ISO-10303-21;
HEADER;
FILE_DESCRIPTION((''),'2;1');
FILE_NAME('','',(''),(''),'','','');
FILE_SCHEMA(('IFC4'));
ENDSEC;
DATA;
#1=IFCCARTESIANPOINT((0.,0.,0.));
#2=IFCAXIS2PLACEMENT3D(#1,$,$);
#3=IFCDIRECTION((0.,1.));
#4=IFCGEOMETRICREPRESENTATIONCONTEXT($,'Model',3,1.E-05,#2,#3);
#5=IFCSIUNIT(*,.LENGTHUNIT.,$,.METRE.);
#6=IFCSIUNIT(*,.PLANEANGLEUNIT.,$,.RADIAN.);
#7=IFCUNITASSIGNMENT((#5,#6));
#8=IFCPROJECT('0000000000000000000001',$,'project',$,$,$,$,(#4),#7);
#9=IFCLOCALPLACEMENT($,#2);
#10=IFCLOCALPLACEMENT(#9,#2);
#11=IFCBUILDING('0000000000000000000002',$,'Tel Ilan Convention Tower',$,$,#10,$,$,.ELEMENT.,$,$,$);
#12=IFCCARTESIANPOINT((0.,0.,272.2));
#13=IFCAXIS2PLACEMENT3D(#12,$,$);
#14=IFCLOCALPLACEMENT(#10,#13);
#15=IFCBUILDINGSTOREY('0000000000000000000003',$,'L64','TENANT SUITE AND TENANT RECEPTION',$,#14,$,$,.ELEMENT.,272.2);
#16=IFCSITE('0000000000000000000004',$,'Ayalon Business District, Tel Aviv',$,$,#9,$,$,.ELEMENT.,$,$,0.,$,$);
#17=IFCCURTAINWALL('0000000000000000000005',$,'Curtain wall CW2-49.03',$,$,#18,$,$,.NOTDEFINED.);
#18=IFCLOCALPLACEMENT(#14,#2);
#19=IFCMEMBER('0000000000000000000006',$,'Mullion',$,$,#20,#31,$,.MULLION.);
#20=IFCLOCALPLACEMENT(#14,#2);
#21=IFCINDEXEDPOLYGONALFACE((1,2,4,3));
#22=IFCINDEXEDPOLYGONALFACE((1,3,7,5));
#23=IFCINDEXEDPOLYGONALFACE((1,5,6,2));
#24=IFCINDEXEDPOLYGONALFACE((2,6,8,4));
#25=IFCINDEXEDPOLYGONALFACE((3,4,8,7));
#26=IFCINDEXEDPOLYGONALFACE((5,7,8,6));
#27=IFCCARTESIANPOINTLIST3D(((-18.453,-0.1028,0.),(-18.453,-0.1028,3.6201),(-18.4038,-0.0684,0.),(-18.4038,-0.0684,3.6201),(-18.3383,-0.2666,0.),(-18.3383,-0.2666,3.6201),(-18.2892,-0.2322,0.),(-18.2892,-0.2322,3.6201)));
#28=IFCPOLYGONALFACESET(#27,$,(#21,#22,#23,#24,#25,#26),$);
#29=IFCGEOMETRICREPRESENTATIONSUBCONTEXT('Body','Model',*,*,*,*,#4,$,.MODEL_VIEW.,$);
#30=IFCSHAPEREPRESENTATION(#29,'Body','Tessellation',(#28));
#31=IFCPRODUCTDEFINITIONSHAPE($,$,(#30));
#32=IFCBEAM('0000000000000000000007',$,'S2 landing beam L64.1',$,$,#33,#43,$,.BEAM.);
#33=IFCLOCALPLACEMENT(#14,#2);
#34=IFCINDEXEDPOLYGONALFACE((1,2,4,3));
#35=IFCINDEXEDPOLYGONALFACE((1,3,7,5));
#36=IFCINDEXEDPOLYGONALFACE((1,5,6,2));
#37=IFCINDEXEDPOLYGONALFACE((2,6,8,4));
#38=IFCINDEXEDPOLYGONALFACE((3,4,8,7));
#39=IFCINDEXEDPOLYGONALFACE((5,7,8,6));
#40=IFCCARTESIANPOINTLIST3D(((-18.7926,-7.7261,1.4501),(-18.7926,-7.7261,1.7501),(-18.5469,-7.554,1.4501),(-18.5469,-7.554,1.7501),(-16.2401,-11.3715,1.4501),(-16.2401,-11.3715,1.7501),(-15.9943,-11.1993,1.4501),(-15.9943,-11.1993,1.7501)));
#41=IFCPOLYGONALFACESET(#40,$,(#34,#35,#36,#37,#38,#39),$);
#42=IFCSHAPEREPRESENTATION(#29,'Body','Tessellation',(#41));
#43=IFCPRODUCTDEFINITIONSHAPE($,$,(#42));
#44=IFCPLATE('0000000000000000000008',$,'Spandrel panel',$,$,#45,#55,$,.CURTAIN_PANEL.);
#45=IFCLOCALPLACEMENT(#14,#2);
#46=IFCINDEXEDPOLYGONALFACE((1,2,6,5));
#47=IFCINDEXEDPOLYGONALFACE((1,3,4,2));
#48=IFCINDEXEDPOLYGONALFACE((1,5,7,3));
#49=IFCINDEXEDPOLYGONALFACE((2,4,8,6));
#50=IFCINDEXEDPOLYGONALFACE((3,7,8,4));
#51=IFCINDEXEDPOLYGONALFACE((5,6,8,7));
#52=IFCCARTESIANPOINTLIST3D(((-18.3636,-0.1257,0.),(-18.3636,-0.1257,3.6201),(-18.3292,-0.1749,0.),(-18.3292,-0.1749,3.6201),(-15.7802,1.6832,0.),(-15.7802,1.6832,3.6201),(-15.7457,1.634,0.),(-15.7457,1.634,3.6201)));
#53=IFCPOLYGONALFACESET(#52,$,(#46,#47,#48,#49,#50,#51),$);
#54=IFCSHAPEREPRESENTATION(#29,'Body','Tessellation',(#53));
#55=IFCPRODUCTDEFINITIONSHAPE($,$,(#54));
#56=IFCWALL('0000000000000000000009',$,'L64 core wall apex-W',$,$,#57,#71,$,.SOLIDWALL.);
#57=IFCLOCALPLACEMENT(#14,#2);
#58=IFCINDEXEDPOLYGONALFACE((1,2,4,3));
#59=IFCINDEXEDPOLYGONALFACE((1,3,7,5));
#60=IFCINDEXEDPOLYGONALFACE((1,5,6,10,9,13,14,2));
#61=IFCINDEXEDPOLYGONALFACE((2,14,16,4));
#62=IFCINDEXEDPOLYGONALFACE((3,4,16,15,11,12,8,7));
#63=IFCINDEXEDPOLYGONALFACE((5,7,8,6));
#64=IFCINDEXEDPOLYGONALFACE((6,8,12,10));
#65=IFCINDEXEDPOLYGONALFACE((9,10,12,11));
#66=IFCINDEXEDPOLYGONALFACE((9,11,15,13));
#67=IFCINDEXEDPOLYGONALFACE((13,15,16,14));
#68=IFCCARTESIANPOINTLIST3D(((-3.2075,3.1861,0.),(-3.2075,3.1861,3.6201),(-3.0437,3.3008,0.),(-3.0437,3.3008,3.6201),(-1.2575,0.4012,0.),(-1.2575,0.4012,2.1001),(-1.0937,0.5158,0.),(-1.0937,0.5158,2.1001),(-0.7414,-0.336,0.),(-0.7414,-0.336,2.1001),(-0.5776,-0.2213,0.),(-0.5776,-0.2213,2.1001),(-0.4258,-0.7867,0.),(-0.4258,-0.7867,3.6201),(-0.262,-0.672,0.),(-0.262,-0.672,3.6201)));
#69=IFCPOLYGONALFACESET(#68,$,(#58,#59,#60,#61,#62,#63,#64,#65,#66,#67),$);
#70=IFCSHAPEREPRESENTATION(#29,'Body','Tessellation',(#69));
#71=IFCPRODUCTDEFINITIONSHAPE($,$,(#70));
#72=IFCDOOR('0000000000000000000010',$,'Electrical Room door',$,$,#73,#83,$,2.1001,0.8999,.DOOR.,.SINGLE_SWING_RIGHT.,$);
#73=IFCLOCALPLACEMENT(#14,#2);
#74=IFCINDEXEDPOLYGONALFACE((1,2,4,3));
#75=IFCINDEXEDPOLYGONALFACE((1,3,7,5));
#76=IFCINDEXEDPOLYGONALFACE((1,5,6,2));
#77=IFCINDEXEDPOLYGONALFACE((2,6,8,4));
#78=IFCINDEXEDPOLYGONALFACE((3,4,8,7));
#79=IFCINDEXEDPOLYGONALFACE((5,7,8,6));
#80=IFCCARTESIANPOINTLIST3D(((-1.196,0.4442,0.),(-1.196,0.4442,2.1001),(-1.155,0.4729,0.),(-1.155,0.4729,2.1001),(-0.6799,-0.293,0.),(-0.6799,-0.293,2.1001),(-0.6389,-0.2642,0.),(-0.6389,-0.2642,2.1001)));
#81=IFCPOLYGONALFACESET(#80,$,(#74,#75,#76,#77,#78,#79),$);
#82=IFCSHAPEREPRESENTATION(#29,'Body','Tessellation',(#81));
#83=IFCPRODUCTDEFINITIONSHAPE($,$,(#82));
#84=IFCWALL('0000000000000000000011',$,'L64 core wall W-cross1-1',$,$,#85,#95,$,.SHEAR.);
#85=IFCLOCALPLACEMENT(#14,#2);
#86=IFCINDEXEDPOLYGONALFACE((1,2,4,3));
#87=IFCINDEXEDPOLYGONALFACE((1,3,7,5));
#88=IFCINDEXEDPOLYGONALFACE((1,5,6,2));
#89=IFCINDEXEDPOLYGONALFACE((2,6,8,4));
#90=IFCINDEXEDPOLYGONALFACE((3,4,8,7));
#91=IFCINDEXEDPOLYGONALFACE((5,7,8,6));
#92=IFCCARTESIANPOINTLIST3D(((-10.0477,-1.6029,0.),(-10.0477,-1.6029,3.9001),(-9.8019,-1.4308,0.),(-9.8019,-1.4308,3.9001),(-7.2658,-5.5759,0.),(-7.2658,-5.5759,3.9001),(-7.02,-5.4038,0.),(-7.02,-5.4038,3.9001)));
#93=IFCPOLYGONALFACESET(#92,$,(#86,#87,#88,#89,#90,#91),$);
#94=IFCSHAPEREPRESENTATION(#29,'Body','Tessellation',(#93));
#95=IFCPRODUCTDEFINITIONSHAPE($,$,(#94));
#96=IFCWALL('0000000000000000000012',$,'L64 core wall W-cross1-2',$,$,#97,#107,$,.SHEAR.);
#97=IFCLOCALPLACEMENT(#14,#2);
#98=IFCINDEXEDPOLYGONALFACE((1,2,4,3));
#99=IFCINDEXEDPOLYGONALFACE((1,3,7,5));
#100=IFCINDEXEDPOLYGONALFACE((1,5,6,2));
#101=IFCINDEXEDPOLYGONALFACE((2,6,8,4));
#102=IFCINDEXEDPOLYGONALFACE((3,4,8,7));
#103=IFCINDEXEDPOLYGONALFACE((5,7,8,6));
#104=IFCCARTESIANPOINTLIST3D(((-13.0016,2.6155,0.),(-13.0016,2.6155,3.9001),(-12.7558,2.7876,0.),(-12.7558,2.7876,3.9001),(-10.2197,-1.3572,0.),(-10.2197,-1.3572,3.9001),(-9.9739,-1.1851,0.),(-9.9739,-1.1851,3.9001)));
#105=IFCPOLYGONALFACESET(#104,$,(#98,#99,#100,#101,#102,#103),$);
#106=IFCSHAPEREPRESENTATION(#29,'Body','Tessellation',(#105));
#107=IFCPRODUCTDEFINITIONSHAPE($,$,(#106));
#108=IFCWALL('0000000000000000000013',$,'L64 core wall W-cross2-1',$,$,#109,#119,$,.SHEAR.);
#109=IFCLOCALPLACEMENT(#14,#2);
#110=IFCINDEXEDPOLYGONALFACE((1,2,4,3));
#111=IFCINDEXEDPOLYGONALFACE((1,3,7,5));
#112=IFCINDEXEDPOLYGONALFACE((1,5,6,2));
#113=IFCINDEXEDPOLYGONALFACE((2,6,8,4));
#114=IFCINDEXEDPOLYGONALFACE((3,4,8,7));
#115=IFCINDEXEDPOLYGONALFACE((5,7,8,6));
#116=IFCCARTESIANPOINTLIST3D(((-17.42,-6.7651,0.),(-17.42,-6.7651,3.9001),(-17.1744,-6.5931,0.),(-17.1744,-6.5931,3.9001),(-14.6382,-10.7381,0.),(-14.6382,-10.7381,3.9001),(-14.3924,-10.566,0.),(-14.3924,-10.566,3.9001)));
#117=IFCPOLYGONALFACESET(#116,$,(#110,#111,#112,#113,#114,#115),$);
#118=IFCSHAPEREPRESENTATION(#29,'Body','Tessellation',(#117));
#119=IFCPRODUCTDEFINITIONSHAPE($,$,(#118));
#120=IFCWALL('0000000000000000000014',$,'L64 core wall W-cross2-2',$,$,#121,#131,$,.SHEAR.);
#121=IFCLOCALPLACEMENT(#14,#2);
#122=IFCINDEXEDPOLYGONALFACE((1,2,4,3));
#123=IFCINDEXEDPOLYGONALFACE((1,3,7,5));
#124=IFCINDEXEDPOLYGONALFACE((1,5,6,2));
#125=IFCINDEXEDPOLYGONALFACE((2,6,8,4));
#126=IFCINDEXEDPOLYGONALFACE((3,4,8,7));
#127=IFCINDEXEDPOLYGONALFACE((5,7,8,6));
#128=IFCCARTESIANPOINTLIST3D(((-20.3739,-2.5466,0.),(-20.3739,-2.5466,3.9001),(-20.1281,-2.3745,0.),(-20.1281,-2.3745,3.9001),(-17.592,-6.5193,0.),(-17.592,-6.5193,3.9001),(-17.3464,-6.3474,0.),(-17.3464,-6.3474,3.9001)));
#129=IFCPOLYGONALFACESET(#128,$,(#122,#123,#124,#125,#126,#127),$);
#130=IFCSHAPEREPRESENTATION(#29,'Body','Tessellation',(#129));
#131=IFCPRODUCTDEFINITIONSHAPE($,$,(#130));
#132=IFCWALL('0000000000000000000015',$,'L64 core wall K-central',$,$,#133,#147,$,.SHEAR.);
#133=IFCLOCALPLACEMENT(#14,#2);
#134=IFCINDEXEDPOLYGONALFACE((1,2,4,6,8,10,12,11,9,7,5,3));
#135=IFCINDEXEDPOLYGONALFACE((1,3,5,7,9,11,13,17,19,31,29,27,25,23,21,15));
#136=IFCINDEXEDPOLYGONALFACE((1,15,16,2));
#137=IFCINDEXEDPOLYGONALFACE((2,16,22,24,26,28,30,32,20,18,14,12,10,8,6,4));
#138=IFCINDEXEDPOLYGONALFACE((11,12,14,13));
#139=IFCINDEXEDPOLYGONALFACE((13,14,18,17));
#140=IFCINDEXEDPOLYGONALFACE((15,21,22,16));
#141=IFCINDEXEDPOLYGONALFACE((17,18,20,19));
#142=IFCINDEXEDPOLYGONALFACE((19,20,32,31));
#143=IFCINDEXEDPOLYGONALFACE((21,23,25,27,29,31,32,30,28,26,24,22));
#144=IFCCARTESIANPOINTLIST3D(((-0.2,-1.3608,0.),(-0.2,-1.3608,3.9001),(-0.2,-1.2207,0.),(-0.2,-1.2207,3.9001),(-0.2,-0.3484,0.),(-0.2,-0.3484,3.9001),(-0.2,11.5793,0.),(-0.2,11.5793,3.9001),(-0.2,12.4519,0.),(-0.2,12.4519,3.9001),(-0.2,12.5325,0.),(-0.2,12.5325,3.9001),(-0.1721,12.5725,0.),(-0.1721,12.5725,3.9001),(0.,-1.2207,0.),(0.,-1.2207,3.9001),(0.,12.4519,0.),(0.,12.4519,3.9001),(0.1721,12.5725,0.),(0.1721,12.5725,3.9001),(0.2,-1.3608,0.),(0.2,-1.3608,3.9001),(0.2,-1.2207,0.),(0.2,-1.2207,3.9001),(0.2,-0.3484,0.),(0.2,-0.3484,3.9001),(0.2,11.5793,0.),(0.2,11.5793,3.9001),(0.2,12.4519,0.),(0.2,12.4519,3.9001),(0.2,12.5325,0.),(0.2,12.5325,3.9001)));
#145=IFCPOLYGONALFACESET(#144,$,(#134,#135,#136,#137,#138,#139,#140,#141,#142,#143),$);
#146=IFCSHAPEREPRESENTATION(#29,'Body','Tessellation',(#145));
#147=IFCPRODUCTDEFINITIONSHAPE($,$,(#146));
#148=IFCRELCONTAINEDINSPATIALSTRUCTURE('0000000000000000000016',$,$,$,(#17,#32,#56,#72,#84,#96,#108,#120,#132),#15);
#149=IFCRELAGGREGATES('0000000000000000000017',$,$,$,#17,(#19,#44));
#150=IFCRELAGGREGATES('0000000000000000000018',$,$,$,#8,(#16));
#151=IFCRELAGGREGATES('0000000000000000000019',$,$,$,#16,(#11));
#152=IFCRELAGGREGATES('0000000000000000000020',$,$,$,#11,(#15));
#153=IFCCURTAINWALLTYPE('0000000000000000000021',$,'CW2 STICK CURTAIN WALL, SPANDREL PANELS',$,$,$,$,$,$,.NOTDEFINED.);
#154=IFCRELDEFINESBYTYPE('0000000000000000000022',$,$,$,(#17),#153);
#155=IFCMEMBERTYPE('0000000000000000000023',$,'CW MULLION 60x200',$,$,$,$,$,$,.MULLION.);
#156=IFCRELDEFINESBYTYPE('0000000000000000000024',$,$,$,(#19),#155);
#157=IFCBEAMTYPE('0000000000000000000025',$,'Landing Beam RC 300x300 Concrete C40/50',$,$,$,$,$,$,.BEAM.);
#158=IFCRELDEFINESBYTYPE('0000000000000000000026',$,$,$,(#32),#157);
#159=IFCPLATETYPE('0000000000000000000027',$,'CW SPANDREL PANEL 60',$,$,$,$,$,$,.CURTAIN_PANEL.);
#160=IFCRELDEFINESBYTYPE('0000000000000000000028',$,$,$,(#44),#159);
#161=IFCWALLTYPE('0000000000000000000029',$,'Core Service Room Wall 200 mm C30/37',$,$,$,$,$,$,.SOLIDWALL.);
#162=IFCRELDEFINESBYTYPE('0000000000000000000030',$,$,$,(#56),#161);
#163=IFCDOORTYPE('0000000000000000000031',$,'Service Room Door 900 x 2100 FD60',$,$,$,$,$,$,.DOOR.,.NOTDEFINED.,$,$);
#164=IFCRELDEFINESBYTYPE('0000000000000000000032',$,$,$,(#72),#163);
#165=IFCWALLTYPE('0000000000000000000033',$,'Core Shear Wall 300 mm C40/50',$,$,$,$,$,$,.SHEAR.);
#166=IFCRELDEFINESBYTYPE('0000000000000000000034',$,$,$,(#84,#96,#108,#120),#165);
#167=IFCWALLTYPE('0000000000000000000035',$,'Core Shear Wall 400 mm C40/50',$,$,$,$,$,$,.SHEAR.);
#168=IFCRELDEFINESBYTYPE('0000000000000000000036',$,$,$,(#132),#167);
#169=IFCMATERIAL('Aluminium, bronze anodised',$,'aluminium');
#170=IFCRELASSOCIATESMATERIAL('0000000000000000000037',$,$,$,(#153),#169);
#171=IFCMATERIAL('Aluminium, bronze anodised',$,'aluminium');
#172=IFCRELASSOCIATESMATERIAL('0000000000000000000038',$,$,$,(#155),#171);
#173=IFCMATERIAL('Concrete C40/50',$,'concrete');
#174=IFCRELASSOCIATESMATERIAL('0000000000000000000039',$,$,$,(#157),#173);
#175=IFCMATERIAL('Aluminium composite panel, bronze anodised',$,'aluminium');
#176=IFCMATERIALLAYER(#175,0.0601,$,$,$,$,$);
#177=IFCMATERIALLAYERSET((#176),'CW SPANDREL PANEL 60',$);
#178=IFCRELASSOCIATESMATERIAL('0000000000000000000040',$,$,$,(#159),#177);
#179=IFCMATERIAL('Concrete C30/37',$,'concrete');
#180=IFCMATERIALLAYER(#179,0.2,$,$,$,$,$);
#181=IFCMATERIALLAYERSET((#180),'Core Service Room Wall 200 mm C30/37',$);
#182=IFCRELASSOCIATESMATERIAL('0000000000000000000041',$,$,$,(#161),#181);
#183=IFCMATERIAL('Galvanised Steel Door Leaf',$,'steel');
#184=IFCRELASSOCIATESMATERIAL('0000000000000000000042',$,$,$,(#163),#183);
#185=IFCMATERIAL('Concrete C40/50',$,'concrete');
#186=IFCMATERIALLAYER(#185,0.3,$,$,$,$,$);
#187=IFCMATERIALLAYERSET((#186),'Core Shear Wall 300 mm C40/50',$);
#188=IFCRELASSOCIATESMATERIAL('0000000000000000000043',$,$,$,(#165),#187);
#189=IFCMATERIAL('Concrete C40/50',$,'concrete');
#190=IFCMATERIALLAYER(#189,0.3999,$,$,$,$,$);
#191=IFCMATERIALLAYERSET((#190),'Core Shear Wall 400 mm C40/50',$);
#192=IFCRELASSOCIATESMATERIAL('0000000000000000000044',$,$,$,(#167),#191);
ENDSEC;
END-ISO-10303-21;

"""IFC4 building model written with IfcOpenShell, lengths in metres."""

from ifc_helpers import new_model, si_unit, direction, frame, frame_2d, origin, origin_2d, place, context, subcontext, project, spatial, polyline, rectangle, outline, extrude, material, layer, layer_set, material_profile, profile_set, type_object, element, fill, aggregate, save


model = new_model("IFC4")

# Units and contexts
model_context = context("Model", 3, precision=1e-05, world=origin(), true_north=direction((0.0, 1.0)))
body_context = subcontext(model_context, "Body", "Model", "MODEL_VIEW")
ifc_project = project(units=[si_unit("LENGTHUNIT", "METRE"), si_unit("PLANEANGLEUNIT", "RADIAN")], contexts=[model_context])

# Site, building, storey
site_placement = place(None, origin())
site = spatial("IfcSite", under=ifc_project, at=site_placement, Name="Ayalon Business District, Tel Aviv", CompositionType="ELEMENT", RefElevation=0.0)
building_placement = place(site_placement, origin())
building = spatial("IfcBuilding", under=site, at=building_placement, Name="Tel Ilan Convention Tower", CompositionType="ELEMENT")
storey_placement = place(building_placement, frame((0.0, 0.0, 272.2)))
storey = spatial("IfcBuildingStorey", under=building, at=storey_placement, Name="L64", Description="TENANT SUITE AND TENANT RECEPTION", CompositionType="ELEMENT", Elevation=272.2)

# Curtain wall, member
ifc_material_1 = material(Name="Aluminium, bronze anodised", Category="aluminium")
curtain_wall_type = type_object("IfcCurtainWallType", Name="CW2 STICK CURTAIN WALL, SPANDREL PANELS", PredefinedType="NOTDEFINED", material=ifc_material_1)
curtain_wall_placement = place(storey_placement, origin())
curtain_wall = element("IfcCurtainWall", 1, at=curtain_wall_placement, inside=storey, type_object=curtain_wall_type, Name="Curtain wall CW2-49.03", PredefinedType="NOTDEFINED")
ifc_material_2 = material(Name="Aluminium, bronze anodised", Category="aluminium")
ifc_material_profile_1 = material_profile(ifc_material_2, rectangle(XDim=0.0601, YDim=0.2, at=origin_2d()), Name="CW MULLION 60x200")
ifc_profile_set_1 = profile_set([ifc_material_profile_1], Name="Aluminium, bronze anodised")
member_type = type_object("IfcMemberType", Name="CW MULLION 60x200", PredefinedType="MULLION", material=ifc_profile_set_1)
member_placement = place(storey_placement, frame((-18.3711, -0.1675, 0.0), z_axis=(0.0, 0.0, 1.0), x_axis=(-0.819152, -0.573576, 0.0)))
member = element("IfcMember", 2, at=member_placement, type_object=member_type, Name="Mullion", PredefinedType="MULLION", context=body_context, shape_type="SweptSolid", body=[
    extrude(rectangle(XDim=0.0601, YDim=0.2, at=origin_2d()), origin(), (0.0, 0.0, 1.0), 3.6201),
])

# Beam
ifc_material_3 = material(Name="Concrete C40/50", Category="concrete")
ifc_material_profile_2 = material_profile(ifc_material_3, rectangle(XDim=0.3, YDim=0.3, at=origin_2d()), Name="RC 300x300")
ifc_profile_set_2 = profile_set([ifc_material_profile_2], Name="Concrete C40/50")
beam_type = type_object("IfcBeamType", Name="Landing Beam RC 300x300 Concrete C40/50", PredefinedType="BEAM", material=ifc_profile_set_2)
beam_placement = place(storey_placement, frame((-16.1172, -11.2854, 1.6001), z_axis=(-0.573584, 0.819147, 0.0), x_axis=(-0.819147, -0.573584, 0.0)))
element("IfcBeam", 3, at=beam_placement, inside=storey, type_object=beam_type, Name="S2 landing beam L64.1", PredefinedType="BEAM", context=body_context, shape_type="SweptSolid", body=[
    extrude(rectangle(XDim=0.3, YDim=0.3, at=origin_2d()), origin(), (0.0, 0.0, 1.0), 4.4502),
])

# Plate
ifc_material_4 = material(Name="Aluminium composite panel, bronze anodised", Category="aluminium")
ifc_layer_1 = layer(ifc_material_4, 0.0601)
ifc_layer_set_1 = layer_set([ifc_layer_1], Name="CW SPANDREL PANEL 60")
plate_type = type_object("IfcPlateType", Name="CW SPANDREL PANEL 60", PredefinedType="CURTAIN_PANEL", material=ifc_layer_set_1)
plate_placement = place(storey_placement, frame((-17.0547, 0.7542, 0.0), z_axis=(0.0, 0.0, 1.0), x_axis=(-0.819152, -0.573576, 0.0)))
plate = element("IfcPlate", 4, at=plate_placement, type_object=plate_type, Name="Spandrel panel", PredefinedType="CURTAIN_PANEL", context=body_context, shape_type="SweptSolid", body=[
    extrude(rectangle(XDim=3.1538, YDim=0.0601, at=origin_2d()), origin(), (0.0, 0.0, 1.0), 3.6201),
])
aggregate(curtain_wall, [member, plate])

# Wall, opening, door
ifc_material_5 = material(Name="Concrete C30/37", Category="concrete")
ifc_layer_2 = layer(ifc_material_5, 0.2)
ifc_layer_set_2 = layer_set([ifc_layer_2], Name="Core Service Room Wall 200 mm C30/37")
wall_type_1 = type_object("IfcWallType", Name="Core Service Room Wall 200 mm C30/37", PredefinedType="SOLIDWALL", material=ifc_layer_set_2)
wall_1_placement = place(storey_placement, frame((-0.344, -0.7292, 0.0), z_axis=(0.0, 0.0, 1.0), x_axis=(-0.57356, 0.819163, 0.0)))
wall_1 = element("IfcWall", 5, at=wall_1_placement, inside=storey, type_object=wall_type_1, Name="L64 core wall apex-W", PredefinedType="SOLIDWALL", context=body_context, shape_type="SweptSolid", body=[
    extrude(rectangle(XDim=4.8499, YDim=0.2, at=frame_2d((2.4248, 0.0))), origin(), (0.0, 0.0, 1.0), 3.6201),
])
opening_1_placement = place(wall_1_placement, frame((0.55, 0.0, 0.0)))
opening_1 = element("IfcOpeningElement", 6, at=opening_1_placement, cuts=wall_1, PredefinedType="OPENING", context=body_context, shape_type="SweptSolid", body=[
    extrude(rectangle(XDim=0.8999, YDim=2.1001, at=frame_2d((0.45, 1.05))), frame((0.0, 0.1099, 0.0), z_axis=(0.0, -1.0, 0.0), x_axis=(1.0, 0.0, 0.0)), (0.0, 0.0, 1.0), 0.22),
])
ifc_material_6 = material(Name="Galvanised Steel Door Leaf", Category="steel")
door_type_1 = type_object("IfcDoorType", Name="Service Room Door 900 x 2100 FD60", OperationType="NOTDEFINED", PredefinedType="DOOR", material=ifc_material_6)
door_1_placement = place(opening_1_placement, origin())
door_1 = element("IfcDoor", 7, at=door_1_placement, inside=storey, type_object=door_type_1, Name="Electrical Room door", OperationType="SINGLE_SWING_RIGHT", OverallHeight=2.1001, OverallWidth=0.8999, PredefinedType="DOOR", context=body_context, shape_type="SweptSolid", body=[
    extrude(rectangle(XDim=0.8999, YDim=2.1001, at=frame_2d((0.45, 1.05))), frame((0.0, 0.0249, 0.0), z_axis=(0.0, -1.0, 0.0), x_axis=(1.0, 0.0, 0.0)), (0.0, 0.0, 1.0), 0.05),
])
fill(opening_1, door_1)

# Walls
ifc_material_7 = material(Name="Concrete C40/50", Category="concrete")
ifc_layer_3 = layer(ifc_material_7, 0.3)
ifc_layer_set_3 = layer_set([ifc_layer_3], Name="Core Shear Wall 300 mm C40/50")
wall_type_2 = type_object("IfcWallType", Name="Core Shear Wall 300 mm C40/50", PredefinedType="SHEAR", material=ifc_layer_set_3)
wall_2_placement = place(storey_placement, frame((-7.1428, -5.4897, 0.0), z_axis=(0.0, 0.0, 1.0), x_axis=(-0.573618, 0.819123, 0.0)))
element("IfcWall", 8, at=wall_2_placement, inside=storey, type_object=wall_type_2, Name="L64 core wall W-cross1-1", PredefinedType="SHEAR", context=body_context, shape_type="SweptSolid", body=[
    extrude(outline(polyline([(4.8501, 0.1499), (0.0, 0.1501), (0.0, -0.1499), (4.8501, -0.1501), (4.8501, 0.1499)])), origin(), (0.0, 0.0, 1.0), 3.9001),
])
wall_3_placement = place(storey_placement, frame((-10.0969, -1.2712, 0.0), z_axis=(0.0, 0.0, 1.0), x_axis=(-0.57356, 0.819163, 0.0)))
element("IfcWall", 9, at=wall_3_placement, inside=storey, type_object=wall_type_2, Name="L64 core wall W-cross1-2", PredefinedType="SHEAR", context=body_context, shape_type="SweptSolid", body=[
    extrude(outline(polyline([(4.8499, -0.1499), (4.8499, 0.1501), (0.0, 0.1499), (0.0, -0.1501), (4.8499, -0.1499)])), origin(), (0.0, 0.0, 1.0), 3.9001),
])
wall_4_placement = place(storey_placement, frame((-14.5154, -10.6521, 0.0), z_axis=(0.0, 0.0, 1.0), x_axis=(-0.57356, 0.819163, 0.0)))
element("IfcWall", 10, at=wall_4_placement, inside=storey, type_object=wall_type_2, Name="L64 core wall W-cross2-1", PredefinedType="SHEAR", context=body_context, shape_type="SweptSolid", body=[
    extrude(outline(polyline([(4.8501, 0.1499), (0.0, 0.1499), (0.0, -0.1501), (4.8501, -0.1499), (4.8501, 0.1499)])), origin(), (0.0, 0.0, 1.0), 3.9001),
])
wall_5_placement = place(storey_placement, frame((-17.4692, -6.4333, 0.0), z_axis=(0.0, 0.0, 1.0), x_axis=(-0.573594, 0.81914, 0.0)))
element("IfcWall", 11, at=wall_5_placement, inside=storey, type_object=wall_type_2, Name="L64 core wall W-cross2-2", PredefinedType="SHEAR", context=body_context, shape_type="SweptSolid", body=[
    extrude(outline(polyline([(4.8499, -0.1501), (4.8499, 0.1499), (0.0, 0.1499), (0.0, -0.1499), (4.8499, -0.1501)])), origin(), (0.0, 0.0, 1.0), 3.9001),
])
ifc_material_8 = material(Name="Concrete C40/50", Category="concrete")
ifc_layer_4 = layer(ifc_material_8, 0.3999)
ifc_layer_set_4 = layer_set([ifc_layer_4], Name="Core Shear Wall 400 mm C40/50")
wall_type_3 = type_object("IfcWallType", Name="Core Shear Wall 400 mm C40/50", PredefinedType="SHEAR", material=ifc_layer_set_4)
wall_6_placement = place(storey_placement, frame((0.0, -1.3608, 0.0), z_axis=(0.0, 0.0, 1.0), x_axis=(0.0, 1.0, 0.0)))
element("IfcWall", 12, at=wall_6_placement, inside=storey, type_object=wall_type_3, Name="L64 core wall K-central", PredefinedType="SHEAR", context=body_context, shape_type="SweptSolid", body=[
    extrude(outline(polyline([(0.1401, 0.2), (0.0, 0.2), (0.1401, 0.0), (0.0, -0.2), (0.1401, -0.2), (1.0125, -0.2), (12.9402, -0.2), (13.8127, -0.2), (13.8933, -0.2), (13.9333, -0.1721), (13.8127, 0.0), (13.9333, 0.1721), (13.8933, 0.2), (13.8127, 0.2), (12.9402, 0.2), (1.0125, 0.2), (0.1401, 0.2)])), origin(), (0.0, 0.0, 1.0), 3.9001),
])

save(model, "model.ifc")
